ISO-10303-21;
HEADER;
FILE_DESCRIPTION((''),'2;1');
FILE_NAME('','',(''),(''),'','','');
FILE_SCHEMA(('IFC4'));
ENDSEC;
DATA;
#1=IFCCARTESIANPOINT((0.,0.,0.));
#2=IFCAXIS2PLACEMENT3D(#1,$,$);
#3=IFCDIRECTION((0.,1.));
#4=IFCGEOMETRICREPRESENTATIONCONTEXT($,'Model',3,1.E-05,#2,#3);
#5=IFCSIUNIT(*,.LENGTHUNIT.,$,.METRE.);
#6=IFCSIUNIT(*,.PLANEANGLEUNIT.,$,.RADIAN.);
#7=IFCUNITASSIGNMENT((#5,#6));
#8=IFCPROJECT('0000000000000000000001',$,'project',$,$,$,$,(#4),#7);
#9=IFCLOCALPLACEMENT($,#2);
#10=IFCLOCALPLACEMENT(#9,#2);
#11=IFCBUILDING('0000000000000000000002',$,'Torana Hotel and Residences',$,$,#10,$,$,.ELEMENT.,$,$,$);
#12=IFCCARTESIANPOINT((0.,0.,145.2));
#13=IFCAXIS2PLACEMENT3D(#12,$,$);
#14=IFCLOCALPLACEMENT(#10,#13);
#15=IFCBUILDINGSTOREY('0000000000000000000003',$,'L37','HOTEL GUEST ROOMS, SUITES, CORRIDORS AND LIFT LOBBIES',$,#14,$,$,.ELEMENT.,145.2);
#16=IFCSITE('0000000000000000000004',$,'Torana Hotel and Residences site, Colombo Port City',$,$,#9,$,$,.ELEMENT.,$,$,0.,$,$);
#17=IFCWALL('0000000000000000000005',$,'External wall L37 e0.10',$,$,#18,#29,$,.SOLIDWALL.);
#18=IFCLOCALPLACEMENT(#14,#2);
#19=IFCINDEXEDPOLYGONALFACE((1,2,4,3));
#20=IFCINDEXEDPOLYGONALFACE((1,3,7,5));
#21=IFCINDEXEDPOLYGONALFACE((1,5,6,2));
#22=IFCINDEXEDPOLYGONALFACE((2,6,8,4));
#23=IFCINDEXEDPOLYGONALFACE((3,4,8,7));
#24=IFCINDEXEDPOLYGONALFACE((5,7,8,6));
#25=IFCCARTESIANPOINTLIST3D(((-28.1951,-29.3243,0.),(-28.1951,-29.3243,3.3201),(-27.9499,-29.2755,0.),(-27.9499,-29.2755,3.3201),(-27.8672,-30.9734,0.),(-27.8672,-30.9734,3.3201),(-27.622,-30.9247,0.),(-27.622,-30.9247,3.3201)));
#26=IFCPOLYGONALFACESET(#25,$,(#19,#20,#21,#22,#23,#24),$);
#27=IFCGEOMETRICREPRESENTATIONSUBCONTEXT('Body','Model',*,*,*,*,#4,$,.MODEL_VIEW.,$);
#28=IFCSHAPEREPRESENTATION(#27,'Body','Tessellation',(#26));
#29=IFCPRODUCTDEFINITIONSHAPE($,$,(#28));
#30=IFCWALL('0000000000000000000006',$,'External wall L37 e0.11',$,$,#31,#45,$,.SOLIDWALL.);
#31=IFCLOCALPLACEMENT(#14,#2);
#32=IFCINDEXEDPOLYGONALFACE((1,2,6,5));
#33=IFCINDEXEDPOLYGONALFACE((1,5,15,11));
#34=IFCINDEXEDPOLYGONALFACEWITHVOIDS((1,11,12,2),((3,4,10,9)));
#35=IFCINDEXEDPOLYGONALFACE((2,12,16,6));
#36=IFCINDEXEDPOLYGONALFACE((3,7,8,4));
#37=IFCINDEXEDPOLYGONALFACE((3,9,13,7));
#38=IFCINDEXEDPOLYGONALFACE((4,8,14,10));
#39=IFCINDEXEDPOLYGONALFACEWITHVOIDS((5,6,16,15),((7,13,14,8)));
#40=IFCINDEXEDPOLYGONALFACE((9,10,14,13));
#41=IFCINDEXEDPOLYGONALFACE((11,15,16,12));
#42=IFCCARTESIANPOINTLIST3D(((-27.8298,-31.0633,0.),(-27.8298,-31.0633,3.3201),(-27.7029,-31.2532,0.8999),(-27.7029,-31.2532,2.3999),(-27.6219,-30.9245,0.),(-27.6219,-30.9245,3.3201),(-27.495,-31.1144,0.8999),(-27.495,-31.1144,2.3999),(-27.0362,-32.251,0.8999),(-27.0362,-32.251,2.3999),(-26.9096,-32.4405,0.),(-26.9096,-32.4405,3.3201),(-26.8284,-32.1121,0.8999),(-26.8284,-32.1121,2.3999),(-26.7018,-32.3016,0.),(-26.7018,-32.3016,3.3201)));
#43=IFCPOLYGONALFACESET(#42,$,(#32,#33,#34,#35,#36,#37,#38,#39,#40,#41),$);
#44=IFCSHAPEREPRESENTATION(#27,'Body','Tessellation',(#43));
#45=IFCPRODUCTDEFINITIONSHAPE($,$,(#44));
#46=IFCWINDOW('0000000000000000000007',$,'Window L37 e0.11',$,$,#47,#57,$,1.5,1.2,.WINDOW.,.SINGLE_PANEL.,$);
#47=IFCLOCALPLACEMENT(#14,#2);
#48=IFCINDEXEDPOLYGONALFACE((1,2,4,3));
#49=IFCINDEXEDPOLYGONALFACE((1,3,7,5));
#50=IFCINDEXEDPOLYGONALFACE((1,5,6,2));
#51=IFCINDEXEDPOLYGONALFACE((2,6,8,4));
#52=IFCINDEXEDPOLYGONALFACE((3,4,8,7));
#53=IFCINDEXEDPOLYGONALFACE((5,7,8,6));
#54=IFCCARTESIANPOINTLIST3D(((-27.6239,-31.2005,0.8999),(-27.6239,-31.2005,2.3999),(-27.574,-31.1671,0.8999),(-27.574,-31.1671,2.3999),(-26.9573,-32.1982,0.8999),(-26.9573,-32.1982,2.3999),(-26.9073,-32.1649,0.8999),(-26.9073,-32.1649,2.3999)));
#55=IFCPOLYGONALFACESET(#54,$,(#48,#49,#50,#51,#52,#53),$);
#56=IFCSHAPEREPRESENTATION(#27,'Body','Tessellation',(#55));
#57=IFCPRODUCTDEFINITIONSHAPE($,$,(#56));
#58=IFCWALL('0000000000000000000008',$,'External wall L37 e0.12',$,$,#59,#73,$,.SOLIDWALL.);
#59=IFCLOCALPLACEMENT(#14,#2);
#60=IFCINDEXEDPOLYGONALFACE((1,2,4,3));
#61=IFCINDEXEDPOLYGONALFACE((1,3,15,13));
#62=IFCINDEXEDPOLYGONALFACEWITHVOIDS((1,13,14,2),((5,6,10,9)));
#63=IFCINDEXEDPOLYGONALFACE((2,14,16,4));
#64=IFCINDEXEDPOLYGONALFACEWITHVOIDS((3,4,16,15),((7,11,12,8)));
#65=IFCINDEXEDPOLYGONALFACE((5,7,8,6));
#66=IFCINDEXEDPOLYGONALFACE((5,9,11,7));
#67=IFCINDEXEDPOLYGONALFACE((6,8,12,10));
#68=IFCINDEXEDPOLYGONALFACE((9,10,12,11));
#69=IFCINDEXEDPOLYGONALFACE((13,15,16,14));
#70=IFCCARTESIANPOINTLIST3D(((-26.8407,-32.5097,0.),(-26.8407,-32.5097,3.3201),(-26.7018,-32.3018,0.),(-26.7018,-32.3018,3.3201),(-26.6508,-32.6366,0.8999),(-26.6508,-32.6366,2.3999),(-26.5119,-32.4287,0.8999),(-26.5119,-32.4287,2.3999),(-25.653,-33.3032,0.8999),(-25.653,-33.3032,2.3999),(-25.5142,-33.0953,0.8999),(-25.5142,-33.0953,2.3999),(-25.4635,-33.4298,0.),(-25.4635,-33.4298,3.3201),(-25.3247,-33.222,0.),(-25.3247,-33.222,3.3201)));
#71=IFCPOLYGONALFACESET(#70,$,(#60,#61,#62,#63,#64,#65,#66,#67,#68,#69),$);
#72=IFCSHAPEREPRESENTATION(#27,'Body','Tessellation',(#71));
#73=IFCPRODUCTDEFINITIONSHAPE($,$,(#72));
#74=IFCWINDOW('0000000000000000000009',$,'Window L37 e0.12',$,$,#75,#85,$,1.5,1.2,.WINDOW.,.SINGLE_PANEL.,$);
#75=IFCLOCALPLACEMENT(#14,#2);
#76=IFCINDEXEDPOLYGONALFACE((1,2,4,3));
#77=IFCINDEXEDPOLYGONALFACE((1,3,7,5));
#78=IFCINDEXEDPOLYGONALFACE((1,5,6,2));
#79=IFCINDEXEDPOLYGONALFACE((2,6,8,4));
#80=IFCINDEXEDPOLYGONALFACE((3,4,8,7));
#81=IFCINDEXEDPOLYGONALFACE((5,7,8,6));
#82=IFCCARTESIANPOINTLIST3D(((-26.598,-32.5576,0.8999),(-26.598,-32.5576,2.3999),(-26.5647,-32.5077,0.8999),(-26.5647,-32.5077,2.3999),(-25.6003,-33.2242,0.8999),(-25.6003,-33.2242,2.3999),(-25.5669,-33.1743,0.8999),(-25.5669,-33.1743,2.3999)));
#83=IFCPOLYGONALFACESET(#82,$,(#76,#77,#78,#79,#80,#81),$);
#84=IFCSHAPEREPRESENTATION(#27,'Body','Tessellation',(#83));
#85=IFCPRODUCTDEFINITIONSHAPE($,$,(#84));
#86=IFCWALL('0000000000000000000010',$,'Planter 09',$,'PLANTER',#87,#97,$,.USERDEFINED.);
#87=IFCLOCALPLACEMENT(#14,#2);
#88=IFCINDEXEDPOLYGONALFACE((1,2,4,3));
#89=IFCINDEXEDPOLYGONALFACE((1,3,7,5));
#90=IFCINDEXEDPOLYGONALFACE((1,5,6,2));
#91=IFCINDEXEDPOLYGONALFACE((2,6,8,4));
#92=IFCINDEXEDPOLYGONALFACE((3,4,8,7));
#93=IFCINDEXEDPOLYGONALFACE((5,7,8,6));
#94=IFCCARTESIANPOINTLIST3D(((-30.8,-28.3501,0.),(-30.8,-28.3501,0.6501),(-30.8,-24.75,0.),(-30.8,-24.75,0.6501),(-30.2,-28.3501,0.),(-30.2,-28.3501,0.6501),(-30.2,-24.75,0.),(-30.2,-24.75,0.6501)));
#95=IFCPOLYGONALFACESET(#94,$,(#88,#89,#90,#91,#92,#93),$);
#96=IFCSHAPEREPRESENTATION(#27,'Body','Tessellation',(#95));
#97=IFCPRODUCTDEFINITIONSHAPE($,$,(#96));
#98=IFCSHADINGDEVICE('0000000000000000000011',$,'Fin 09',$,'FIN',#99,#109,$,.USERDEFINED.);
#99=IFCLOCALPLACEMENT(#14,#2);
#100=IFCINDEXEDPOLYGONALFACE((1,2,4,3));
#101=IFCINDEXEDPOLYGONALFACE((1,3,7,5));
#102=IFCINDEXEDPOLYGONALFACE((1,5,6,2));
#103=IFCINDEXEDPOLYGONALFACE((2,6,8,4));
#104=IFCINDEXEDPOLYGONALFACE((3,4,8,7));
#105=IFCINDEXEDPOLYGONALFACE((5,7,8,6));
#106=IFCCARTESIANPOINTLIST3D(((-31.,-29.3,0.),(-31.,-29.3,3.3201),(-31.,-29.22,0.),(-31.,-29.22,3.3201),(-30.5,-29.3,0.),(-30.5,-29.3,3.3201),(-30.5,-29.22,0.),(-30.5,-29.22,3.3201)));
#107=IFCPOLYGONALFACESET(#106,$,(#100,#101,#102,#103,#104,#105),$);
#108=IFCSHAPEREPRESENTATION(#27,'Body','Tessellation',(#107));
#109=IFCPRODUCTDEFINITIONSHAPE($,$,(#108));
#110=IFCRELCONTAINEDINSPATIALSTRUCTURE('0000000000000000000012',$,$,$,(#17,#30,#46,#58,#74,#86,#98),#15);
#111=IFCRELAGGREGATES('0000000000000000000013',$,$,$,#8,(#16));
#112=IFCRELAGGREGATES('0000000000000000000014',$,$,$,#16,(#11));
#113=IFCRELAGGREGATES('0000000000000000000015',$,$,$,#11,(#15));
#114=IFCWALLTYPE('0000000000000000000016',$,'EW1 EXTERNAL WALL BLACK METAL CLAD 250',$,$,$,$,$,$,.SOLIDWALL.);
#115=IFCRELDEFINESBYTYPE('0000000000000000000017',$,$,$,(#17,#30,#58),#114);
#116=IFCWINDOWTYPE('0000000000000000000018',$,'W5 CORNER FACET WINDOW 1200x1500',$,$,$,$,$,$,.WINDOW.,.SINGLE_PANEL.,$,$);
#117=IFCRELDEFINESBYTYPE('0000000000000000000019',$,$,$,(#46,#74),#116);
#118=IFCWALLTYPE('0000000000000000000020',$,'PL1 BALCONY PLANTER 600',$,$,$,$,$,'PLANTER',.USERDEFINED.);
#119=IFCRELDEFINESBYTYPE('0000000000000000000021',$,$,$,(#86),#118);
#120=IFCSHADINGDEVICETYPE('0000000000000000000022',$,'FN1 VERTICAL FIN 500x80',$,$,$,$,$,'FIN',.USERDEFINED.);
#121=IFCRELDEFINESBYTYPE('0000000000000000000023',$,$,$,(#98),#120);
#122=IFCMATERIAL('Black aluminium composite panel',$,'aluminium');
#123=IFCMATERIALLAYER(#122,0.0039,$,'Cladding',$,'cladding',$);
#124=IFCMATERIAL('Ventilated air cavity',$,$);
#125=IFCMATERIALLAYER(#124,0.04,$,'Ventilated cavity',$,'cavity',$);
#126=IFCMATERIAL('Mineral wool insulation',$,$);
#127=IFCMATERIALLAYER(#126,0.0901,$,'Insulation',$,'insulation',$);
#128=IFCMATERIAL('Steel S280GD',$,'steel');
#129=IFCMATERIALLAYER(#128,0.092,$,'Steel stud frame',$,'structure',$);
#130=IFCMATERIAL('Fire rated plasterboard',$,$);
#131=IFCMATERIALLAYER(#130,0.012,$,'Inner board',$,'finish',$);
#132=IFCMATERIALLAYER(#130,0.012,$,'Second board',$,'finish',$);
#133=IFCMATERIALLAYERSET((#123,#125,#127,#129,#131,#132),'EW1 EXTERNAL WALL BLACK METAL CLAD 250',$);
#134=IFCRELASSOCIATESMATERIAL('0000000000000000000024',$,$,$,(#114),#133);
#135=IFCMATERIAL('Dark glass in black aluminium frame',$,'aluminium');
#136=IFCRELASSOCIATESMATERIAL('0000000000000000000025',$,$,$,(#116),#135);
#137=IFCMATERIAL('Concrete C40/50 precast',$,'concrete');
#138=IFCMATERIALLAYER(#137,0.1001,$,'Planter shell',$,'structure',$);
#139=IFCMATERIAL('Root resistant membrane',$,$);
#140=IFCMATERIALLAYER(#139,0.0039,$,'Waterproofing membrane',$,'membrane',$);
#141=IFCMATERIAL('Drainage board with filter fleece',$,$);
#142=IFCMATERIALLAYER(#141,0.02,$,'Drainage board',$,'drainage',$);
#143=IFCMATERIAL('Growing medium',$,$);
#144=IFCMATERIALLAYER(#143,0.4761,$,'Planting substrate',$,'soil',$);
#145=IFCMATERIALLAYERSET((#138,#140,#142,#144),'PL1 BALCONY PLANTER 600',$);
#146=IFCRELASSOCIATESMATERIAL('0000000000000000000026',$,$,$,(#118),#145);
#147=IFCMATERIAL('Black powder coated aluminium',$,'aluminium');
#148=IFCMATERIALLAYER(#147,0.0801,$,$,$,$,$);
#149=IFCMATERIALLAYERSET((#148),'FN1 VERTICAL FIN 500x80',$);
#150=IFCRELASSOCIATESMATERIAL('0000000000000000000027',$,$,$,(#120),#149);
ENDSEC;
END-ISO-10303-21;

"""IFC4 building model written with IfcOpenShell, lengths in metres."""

from ifc_helpers import new_model, si_unit, direction, frame, frame_2d, origin, origin_2d, place, context, subcontext, project, spatial, rectangle, extrude, material, layer, layer_set, type_object, element, fill, save


model = new_model("IFC4")

# Units and contexts
model_context = context("Model", 3, precision=1e-05, world=origin(), true_north=direction((0.0, 1.0)))
body_context = subcontext(model_context, "Body", "Model", "MODEL_VIEW")
ifc_project = project(units=[si_unit("LENGTHUNIT", "METRE"), si_unit("PLANEANGLEUNIT", "RADIAN")], contexts=[model_context])

# Site, building, storey
site_placement = place(None, origin())
site = spatial("IfcSite", under=ifc_project, at=site_placement, Name="Torana Hotel and Residences site, Colombo Port City", CompositionType="ELEMENT", RefElevation=0.0)
building_placement = place(site_placement, origin())
building = spatial("IfcBuilding", under=site, at=building_placement, Name="Torana Hotel and Residences", CompositionType="ELEMENT")
storey_placement = place(building_placement, frame((0.0, 0.0, 145.2)))
storey = spatial("IfcBuildingStorey", under=building, at=storey_placement, Name="L37", Description="HOTEL GUEST ROOMS, SUITES, CORRIDORS AND LIFT LOBBIES", CompositionType="ELEMENT", Elevation=145.2)

# Wall
ifc_material_1 = material(Name="Black aluminium composite panel", Category="aluminium")
ifc_layer_1 = layer(ifc_material_1, 0.0039, Name="Cladding", Category="cladding")
ifc_material_2 = material(Name="Ventilated air cavity")
ifc_layer_2 = layer(ifc_material_2, 0.04, Name="Ventilated cavity", Category="cavity")
ifc_material_3 = material(Name="Mineral wool insulation")
ifc_layer_3 = layer(ifc_material_3, 0.0901, Name="Insulation", Category="insulation")
ifc_material_4 = material(Name="Steel S280GD", Category="steel")
ifc_layer_4 = layer(ifc_material_4, 0.092, Name="Steel stud frame", Category="structure")
ifc_material_5 = material(Name="Fire rated plasterboard")
ifc_layer_5 = layer(ifc_material_5, 0.012, Name="Inner board", Category="finish")
ifc_layer_6 = layer(ifc_material_5, 0.012, Name="Second board", Category="finish")
ifc_layer_set_1 = layer_set([ifc_layer_1, ifc_layer_2, ifc_layer_3, ifc_layer_4, ifc_layer_5, ifc_layer_6], Name="EW1 EXTERNAL WALL BLACK METAL CLAD 250")
wall_type_1 = type_object("IfcWallType", Name="EW1 EXTERNAL WALL BLACK METAL CLAD 250", PredefinedType="SOLIDWALL", material=ifc_layer_set_1)
wall_1_placement = place(storey_placement, frame((-28.0725, -29.2998, 0.0), z_axis=(0.0, 0.0, 1.0), x_axis=(0.194999, -0.980803, 0.0)))
element("IfcWall", 1, at=wall_1_placement, inside=storey, type_object=wall_type_1, Name="External wall L37 e0.10", PredefinedType="SOLIDWALL", context=body_context, shape_type="SweptSolid", body=[
    extrude(rectangle(XDim=1.6814, YDim=0.25, at=frame_2d((0.8408, 0.0))), origin(), (0.0, 0.0, 1.0), 3.3201),
])

# Walls, openings, windows
wall_2_placement = place(storey_placement, frame((-27.7258, -30.9939, 0.0), z_axis=(0.0, 0.0, 1.0), x_axis=(0.55555, -0.831483, 0.0)))
wall_2 = element("IfcWall", 2, at=wall_2_placement, inside=storey, type_object=wall_type_1, Name="External wall L37 e0.11", PredefinedType="SOLIDWALL", context=body_context, shape_type="SweptSolid", body=[
    extrude(rectangle(XDim=1.6562, YDim=0.25, at=frame_2d((0.8281, 0.0))), origin(), (0.0, 0.0, 1.0), 3.3201),
])
opening_1_placement = place(wall_2_placement, frame((0.2283, 0.0, 0.8999)))
opening_1 = element("IfcOpeningElement", 3, at=opening_1_placement, cuts=wall_2, PredefinedType="OPENING", context=body_context, shape_type="SweptSolid", body=[
    extrude(rectangle(XDim=1.2, YDim=1.5, at=frame_2d((0.6001, 0.75))), frame((0.0, 0.135, 0.0), z_axis=(0.0, -1.0, 0.0), x_axis=(1.0, 0.0, 0.0)), (0.0, 0.0, 1.0), 0.27),
])
ifc_material_6 = material(Name="Dark glass in black aluminium frame", Category="aluminium")
window_type = type_object("IfcWindowType", Name="W5 CORNER FACET WINDOW 1200x1500", PartitioningType="SINGLE_PANEL", PredefinedType="WINDOW", material=ifc_material_6)
window_1_placement = place(opening_1_placement, origin())
window_1 = element("IfcWindow", 4, at=window_1_placement, inside=storey, type_object=window_type, Name="Window L37 e0.11", OverallHeight=1.5, OverallWidth=1.2, PartitioningType="SINGLE_PANEL", PredefinedType="WINDOW", context=body_context, shape_type="SweptSolid", body=[
    extrude(rectangle(XDim=1.2, YDim=1.5, at=frame_2d((0.6001, 0.75))), frame((0.0, 0.03, 0.0), z_axis=(0.0, -1.0, 0.0), x_axis=(1.0, 0.0, 0.0)), (0.0, 0.0, 1.0), 0.0601),
])
fill(opening_1, window_1)
wall_3_placement = place(storey_placement, frame((-26.7712, -32.4058, 0.0), z_axis=(0.0, 0.0, 1.0), x_axis=(0.831483, -0.55555, 0.0)))
wall_3 = element("IfcWall", 5, at=wall_3_placement, inside=storey, type_object=wall_type_1, Name="External wall L37 e0.12", PredefinedType="SOLIDWALL", context=body_context, shape_type="SweptSolid", body=[
    extrude(rectangle(XDim=1.6562, YDim=0.25, at=frame_2d((0.8281, 0.0))), origin(), (0.0, 0.0, 1.0), 3.3201),
])
opening_2_placement = place(wall_3_placement, frame((0.2283, 0.0, 0.8999)))
opening_2 = element("IfcOpeningElement", 6, at=opening_2_placement, cuts=wall_3, PredefinedType="OPENING", context=body_context, shape_type="SweptSolid", body=[
    extrude(rectangle(XDim=1.2, YDim=1.5, at=frame_2d((0.6001, 0.75))), frame((0.0, 0.135, 0.0), z_axis=(0.0, -1.0, 0.0), x_axis=(1.0, 0.0, 0.0)), (0.0, 0.0, 1.0), 0.27),
])
window_2_placement = place(opening_2_placement, origin())
window_2 = element("IfcWindow", 7, at=window_2_placement, inside=storey, type_object=window_type, Name="Window L37 e0.12", OverallHeight=1.5, OverallWidth=1.2, PartitioningType="SINGLE_PANEL", PredefinedType="WINDOW", context=body_context, shape_type="SweptSolid", body=[
    extrude(rectangle(XDim=1.2, YDim=1.5, at=frame_2d((0.6001, 0.75))), frame((0.0, 0.03, 0.0), z_axis=(0.0, -1.0, 0.0), x_axis=(1.0, 0.0, 0.0)), (0.0, 0.0, 1.0), 0.0601),
])
fill(opening_2, window_2)

# Wall
ifc_material_7 = material(Name="Concrete C40/50 precast", Category="concrete")
ifc_layer_7 = layer(ifc_material_7, 0.1001, Name="Planter shell", Category="structure")
ifc_material_8 = material(Name="Root resistant membrane")
ifc_layer_8 = layer(ifc_material_8, 0.0039, Name="Waterproofing membrane", Category="membrane")
ifc_material_9 = material(Name="Drainage board with filter fleece")
ifc_layer_9 = layer(ifc_material_9, 0.02, Name="Drainage board", Category="drainage")
ifc_material_10 = material(Name="Growing medium")
ifc_layer_10 = layer(ifc_material_10, 0.4761, Name="Planting substrate", Category="soil")
ifc_layer_set_2 = layer_set([ifc_layer_7, ifc_layer_8, ifc_layer_9, ifc_layer_10], Name="PL1 BALCONY PLANTER 600")
wall_type_2 = type_object("IfcWallType", Name="PL1 BALCONY PLANTER 600", ElementType="PLANTER", PredefinedType="USERDEFINED", material=ifc_layer_set_2)
wall_4_placement = place(storey_placement, frame((-30.5, -28.3501, 0.0), z_axis=(0.0, 0.0, 1.0), x_axis=(0.0, 1.0, 0.0)))
element("IfcWall", 8, at=wall_4_placement, inside=storey, type_object=wall_type_2, Name="Planter 09", ObjectType="PLANTER", PredefinedType="USERDEFINED", context=body_context, shape_type="SweptSolid", body=[
    extrude(rectangle(XDim=3.6001, YDim=0.6001, at=frame_2d((1.8, 0.0))), origin(), (0.0, 0.0, 1.0), 0.6501),
])

# Shading device
ifc_material_11 = material(Name="Black powder coated aluminium", Category="aluminium")
ifc_layer_11 = layer(ifc_material_11, 0.0801)
ifc_layer_set_3 = layer_set([ifc_layer_11], Name="FN1 VERTICAL FIN 500x80")
shading_device_type = type_object("IfcShadingDeviceType", Name="FN1 VERTICAL FIN 500x80", ElementType="FIN", PredefinedType="USERDEFINED", material=ifc_layer_set_3)
shading_device_placement = place(storey_placement, frame((-30.75, -29.26, 0.0), z_axis=(0.0, 0.0, 1.0), x_axis=(0.0, 1.0, 0.0)))
element("IfcShadingDevice", 9, at=shading_device_placement, inside=storey, type_object=shading_device_type, Name="Fin 09", ObjectType="FIN", PredefinedType="USERDEFINED", context=body_context, shape_type="SweptSolid", body=[
    extrude(rectangle(XDim=0.0801, YDim=0.5, at=origin_2d()), origin(), (0.0, 0.0, 1.0), 3.3201),
])

save(model, "model.ifc")
